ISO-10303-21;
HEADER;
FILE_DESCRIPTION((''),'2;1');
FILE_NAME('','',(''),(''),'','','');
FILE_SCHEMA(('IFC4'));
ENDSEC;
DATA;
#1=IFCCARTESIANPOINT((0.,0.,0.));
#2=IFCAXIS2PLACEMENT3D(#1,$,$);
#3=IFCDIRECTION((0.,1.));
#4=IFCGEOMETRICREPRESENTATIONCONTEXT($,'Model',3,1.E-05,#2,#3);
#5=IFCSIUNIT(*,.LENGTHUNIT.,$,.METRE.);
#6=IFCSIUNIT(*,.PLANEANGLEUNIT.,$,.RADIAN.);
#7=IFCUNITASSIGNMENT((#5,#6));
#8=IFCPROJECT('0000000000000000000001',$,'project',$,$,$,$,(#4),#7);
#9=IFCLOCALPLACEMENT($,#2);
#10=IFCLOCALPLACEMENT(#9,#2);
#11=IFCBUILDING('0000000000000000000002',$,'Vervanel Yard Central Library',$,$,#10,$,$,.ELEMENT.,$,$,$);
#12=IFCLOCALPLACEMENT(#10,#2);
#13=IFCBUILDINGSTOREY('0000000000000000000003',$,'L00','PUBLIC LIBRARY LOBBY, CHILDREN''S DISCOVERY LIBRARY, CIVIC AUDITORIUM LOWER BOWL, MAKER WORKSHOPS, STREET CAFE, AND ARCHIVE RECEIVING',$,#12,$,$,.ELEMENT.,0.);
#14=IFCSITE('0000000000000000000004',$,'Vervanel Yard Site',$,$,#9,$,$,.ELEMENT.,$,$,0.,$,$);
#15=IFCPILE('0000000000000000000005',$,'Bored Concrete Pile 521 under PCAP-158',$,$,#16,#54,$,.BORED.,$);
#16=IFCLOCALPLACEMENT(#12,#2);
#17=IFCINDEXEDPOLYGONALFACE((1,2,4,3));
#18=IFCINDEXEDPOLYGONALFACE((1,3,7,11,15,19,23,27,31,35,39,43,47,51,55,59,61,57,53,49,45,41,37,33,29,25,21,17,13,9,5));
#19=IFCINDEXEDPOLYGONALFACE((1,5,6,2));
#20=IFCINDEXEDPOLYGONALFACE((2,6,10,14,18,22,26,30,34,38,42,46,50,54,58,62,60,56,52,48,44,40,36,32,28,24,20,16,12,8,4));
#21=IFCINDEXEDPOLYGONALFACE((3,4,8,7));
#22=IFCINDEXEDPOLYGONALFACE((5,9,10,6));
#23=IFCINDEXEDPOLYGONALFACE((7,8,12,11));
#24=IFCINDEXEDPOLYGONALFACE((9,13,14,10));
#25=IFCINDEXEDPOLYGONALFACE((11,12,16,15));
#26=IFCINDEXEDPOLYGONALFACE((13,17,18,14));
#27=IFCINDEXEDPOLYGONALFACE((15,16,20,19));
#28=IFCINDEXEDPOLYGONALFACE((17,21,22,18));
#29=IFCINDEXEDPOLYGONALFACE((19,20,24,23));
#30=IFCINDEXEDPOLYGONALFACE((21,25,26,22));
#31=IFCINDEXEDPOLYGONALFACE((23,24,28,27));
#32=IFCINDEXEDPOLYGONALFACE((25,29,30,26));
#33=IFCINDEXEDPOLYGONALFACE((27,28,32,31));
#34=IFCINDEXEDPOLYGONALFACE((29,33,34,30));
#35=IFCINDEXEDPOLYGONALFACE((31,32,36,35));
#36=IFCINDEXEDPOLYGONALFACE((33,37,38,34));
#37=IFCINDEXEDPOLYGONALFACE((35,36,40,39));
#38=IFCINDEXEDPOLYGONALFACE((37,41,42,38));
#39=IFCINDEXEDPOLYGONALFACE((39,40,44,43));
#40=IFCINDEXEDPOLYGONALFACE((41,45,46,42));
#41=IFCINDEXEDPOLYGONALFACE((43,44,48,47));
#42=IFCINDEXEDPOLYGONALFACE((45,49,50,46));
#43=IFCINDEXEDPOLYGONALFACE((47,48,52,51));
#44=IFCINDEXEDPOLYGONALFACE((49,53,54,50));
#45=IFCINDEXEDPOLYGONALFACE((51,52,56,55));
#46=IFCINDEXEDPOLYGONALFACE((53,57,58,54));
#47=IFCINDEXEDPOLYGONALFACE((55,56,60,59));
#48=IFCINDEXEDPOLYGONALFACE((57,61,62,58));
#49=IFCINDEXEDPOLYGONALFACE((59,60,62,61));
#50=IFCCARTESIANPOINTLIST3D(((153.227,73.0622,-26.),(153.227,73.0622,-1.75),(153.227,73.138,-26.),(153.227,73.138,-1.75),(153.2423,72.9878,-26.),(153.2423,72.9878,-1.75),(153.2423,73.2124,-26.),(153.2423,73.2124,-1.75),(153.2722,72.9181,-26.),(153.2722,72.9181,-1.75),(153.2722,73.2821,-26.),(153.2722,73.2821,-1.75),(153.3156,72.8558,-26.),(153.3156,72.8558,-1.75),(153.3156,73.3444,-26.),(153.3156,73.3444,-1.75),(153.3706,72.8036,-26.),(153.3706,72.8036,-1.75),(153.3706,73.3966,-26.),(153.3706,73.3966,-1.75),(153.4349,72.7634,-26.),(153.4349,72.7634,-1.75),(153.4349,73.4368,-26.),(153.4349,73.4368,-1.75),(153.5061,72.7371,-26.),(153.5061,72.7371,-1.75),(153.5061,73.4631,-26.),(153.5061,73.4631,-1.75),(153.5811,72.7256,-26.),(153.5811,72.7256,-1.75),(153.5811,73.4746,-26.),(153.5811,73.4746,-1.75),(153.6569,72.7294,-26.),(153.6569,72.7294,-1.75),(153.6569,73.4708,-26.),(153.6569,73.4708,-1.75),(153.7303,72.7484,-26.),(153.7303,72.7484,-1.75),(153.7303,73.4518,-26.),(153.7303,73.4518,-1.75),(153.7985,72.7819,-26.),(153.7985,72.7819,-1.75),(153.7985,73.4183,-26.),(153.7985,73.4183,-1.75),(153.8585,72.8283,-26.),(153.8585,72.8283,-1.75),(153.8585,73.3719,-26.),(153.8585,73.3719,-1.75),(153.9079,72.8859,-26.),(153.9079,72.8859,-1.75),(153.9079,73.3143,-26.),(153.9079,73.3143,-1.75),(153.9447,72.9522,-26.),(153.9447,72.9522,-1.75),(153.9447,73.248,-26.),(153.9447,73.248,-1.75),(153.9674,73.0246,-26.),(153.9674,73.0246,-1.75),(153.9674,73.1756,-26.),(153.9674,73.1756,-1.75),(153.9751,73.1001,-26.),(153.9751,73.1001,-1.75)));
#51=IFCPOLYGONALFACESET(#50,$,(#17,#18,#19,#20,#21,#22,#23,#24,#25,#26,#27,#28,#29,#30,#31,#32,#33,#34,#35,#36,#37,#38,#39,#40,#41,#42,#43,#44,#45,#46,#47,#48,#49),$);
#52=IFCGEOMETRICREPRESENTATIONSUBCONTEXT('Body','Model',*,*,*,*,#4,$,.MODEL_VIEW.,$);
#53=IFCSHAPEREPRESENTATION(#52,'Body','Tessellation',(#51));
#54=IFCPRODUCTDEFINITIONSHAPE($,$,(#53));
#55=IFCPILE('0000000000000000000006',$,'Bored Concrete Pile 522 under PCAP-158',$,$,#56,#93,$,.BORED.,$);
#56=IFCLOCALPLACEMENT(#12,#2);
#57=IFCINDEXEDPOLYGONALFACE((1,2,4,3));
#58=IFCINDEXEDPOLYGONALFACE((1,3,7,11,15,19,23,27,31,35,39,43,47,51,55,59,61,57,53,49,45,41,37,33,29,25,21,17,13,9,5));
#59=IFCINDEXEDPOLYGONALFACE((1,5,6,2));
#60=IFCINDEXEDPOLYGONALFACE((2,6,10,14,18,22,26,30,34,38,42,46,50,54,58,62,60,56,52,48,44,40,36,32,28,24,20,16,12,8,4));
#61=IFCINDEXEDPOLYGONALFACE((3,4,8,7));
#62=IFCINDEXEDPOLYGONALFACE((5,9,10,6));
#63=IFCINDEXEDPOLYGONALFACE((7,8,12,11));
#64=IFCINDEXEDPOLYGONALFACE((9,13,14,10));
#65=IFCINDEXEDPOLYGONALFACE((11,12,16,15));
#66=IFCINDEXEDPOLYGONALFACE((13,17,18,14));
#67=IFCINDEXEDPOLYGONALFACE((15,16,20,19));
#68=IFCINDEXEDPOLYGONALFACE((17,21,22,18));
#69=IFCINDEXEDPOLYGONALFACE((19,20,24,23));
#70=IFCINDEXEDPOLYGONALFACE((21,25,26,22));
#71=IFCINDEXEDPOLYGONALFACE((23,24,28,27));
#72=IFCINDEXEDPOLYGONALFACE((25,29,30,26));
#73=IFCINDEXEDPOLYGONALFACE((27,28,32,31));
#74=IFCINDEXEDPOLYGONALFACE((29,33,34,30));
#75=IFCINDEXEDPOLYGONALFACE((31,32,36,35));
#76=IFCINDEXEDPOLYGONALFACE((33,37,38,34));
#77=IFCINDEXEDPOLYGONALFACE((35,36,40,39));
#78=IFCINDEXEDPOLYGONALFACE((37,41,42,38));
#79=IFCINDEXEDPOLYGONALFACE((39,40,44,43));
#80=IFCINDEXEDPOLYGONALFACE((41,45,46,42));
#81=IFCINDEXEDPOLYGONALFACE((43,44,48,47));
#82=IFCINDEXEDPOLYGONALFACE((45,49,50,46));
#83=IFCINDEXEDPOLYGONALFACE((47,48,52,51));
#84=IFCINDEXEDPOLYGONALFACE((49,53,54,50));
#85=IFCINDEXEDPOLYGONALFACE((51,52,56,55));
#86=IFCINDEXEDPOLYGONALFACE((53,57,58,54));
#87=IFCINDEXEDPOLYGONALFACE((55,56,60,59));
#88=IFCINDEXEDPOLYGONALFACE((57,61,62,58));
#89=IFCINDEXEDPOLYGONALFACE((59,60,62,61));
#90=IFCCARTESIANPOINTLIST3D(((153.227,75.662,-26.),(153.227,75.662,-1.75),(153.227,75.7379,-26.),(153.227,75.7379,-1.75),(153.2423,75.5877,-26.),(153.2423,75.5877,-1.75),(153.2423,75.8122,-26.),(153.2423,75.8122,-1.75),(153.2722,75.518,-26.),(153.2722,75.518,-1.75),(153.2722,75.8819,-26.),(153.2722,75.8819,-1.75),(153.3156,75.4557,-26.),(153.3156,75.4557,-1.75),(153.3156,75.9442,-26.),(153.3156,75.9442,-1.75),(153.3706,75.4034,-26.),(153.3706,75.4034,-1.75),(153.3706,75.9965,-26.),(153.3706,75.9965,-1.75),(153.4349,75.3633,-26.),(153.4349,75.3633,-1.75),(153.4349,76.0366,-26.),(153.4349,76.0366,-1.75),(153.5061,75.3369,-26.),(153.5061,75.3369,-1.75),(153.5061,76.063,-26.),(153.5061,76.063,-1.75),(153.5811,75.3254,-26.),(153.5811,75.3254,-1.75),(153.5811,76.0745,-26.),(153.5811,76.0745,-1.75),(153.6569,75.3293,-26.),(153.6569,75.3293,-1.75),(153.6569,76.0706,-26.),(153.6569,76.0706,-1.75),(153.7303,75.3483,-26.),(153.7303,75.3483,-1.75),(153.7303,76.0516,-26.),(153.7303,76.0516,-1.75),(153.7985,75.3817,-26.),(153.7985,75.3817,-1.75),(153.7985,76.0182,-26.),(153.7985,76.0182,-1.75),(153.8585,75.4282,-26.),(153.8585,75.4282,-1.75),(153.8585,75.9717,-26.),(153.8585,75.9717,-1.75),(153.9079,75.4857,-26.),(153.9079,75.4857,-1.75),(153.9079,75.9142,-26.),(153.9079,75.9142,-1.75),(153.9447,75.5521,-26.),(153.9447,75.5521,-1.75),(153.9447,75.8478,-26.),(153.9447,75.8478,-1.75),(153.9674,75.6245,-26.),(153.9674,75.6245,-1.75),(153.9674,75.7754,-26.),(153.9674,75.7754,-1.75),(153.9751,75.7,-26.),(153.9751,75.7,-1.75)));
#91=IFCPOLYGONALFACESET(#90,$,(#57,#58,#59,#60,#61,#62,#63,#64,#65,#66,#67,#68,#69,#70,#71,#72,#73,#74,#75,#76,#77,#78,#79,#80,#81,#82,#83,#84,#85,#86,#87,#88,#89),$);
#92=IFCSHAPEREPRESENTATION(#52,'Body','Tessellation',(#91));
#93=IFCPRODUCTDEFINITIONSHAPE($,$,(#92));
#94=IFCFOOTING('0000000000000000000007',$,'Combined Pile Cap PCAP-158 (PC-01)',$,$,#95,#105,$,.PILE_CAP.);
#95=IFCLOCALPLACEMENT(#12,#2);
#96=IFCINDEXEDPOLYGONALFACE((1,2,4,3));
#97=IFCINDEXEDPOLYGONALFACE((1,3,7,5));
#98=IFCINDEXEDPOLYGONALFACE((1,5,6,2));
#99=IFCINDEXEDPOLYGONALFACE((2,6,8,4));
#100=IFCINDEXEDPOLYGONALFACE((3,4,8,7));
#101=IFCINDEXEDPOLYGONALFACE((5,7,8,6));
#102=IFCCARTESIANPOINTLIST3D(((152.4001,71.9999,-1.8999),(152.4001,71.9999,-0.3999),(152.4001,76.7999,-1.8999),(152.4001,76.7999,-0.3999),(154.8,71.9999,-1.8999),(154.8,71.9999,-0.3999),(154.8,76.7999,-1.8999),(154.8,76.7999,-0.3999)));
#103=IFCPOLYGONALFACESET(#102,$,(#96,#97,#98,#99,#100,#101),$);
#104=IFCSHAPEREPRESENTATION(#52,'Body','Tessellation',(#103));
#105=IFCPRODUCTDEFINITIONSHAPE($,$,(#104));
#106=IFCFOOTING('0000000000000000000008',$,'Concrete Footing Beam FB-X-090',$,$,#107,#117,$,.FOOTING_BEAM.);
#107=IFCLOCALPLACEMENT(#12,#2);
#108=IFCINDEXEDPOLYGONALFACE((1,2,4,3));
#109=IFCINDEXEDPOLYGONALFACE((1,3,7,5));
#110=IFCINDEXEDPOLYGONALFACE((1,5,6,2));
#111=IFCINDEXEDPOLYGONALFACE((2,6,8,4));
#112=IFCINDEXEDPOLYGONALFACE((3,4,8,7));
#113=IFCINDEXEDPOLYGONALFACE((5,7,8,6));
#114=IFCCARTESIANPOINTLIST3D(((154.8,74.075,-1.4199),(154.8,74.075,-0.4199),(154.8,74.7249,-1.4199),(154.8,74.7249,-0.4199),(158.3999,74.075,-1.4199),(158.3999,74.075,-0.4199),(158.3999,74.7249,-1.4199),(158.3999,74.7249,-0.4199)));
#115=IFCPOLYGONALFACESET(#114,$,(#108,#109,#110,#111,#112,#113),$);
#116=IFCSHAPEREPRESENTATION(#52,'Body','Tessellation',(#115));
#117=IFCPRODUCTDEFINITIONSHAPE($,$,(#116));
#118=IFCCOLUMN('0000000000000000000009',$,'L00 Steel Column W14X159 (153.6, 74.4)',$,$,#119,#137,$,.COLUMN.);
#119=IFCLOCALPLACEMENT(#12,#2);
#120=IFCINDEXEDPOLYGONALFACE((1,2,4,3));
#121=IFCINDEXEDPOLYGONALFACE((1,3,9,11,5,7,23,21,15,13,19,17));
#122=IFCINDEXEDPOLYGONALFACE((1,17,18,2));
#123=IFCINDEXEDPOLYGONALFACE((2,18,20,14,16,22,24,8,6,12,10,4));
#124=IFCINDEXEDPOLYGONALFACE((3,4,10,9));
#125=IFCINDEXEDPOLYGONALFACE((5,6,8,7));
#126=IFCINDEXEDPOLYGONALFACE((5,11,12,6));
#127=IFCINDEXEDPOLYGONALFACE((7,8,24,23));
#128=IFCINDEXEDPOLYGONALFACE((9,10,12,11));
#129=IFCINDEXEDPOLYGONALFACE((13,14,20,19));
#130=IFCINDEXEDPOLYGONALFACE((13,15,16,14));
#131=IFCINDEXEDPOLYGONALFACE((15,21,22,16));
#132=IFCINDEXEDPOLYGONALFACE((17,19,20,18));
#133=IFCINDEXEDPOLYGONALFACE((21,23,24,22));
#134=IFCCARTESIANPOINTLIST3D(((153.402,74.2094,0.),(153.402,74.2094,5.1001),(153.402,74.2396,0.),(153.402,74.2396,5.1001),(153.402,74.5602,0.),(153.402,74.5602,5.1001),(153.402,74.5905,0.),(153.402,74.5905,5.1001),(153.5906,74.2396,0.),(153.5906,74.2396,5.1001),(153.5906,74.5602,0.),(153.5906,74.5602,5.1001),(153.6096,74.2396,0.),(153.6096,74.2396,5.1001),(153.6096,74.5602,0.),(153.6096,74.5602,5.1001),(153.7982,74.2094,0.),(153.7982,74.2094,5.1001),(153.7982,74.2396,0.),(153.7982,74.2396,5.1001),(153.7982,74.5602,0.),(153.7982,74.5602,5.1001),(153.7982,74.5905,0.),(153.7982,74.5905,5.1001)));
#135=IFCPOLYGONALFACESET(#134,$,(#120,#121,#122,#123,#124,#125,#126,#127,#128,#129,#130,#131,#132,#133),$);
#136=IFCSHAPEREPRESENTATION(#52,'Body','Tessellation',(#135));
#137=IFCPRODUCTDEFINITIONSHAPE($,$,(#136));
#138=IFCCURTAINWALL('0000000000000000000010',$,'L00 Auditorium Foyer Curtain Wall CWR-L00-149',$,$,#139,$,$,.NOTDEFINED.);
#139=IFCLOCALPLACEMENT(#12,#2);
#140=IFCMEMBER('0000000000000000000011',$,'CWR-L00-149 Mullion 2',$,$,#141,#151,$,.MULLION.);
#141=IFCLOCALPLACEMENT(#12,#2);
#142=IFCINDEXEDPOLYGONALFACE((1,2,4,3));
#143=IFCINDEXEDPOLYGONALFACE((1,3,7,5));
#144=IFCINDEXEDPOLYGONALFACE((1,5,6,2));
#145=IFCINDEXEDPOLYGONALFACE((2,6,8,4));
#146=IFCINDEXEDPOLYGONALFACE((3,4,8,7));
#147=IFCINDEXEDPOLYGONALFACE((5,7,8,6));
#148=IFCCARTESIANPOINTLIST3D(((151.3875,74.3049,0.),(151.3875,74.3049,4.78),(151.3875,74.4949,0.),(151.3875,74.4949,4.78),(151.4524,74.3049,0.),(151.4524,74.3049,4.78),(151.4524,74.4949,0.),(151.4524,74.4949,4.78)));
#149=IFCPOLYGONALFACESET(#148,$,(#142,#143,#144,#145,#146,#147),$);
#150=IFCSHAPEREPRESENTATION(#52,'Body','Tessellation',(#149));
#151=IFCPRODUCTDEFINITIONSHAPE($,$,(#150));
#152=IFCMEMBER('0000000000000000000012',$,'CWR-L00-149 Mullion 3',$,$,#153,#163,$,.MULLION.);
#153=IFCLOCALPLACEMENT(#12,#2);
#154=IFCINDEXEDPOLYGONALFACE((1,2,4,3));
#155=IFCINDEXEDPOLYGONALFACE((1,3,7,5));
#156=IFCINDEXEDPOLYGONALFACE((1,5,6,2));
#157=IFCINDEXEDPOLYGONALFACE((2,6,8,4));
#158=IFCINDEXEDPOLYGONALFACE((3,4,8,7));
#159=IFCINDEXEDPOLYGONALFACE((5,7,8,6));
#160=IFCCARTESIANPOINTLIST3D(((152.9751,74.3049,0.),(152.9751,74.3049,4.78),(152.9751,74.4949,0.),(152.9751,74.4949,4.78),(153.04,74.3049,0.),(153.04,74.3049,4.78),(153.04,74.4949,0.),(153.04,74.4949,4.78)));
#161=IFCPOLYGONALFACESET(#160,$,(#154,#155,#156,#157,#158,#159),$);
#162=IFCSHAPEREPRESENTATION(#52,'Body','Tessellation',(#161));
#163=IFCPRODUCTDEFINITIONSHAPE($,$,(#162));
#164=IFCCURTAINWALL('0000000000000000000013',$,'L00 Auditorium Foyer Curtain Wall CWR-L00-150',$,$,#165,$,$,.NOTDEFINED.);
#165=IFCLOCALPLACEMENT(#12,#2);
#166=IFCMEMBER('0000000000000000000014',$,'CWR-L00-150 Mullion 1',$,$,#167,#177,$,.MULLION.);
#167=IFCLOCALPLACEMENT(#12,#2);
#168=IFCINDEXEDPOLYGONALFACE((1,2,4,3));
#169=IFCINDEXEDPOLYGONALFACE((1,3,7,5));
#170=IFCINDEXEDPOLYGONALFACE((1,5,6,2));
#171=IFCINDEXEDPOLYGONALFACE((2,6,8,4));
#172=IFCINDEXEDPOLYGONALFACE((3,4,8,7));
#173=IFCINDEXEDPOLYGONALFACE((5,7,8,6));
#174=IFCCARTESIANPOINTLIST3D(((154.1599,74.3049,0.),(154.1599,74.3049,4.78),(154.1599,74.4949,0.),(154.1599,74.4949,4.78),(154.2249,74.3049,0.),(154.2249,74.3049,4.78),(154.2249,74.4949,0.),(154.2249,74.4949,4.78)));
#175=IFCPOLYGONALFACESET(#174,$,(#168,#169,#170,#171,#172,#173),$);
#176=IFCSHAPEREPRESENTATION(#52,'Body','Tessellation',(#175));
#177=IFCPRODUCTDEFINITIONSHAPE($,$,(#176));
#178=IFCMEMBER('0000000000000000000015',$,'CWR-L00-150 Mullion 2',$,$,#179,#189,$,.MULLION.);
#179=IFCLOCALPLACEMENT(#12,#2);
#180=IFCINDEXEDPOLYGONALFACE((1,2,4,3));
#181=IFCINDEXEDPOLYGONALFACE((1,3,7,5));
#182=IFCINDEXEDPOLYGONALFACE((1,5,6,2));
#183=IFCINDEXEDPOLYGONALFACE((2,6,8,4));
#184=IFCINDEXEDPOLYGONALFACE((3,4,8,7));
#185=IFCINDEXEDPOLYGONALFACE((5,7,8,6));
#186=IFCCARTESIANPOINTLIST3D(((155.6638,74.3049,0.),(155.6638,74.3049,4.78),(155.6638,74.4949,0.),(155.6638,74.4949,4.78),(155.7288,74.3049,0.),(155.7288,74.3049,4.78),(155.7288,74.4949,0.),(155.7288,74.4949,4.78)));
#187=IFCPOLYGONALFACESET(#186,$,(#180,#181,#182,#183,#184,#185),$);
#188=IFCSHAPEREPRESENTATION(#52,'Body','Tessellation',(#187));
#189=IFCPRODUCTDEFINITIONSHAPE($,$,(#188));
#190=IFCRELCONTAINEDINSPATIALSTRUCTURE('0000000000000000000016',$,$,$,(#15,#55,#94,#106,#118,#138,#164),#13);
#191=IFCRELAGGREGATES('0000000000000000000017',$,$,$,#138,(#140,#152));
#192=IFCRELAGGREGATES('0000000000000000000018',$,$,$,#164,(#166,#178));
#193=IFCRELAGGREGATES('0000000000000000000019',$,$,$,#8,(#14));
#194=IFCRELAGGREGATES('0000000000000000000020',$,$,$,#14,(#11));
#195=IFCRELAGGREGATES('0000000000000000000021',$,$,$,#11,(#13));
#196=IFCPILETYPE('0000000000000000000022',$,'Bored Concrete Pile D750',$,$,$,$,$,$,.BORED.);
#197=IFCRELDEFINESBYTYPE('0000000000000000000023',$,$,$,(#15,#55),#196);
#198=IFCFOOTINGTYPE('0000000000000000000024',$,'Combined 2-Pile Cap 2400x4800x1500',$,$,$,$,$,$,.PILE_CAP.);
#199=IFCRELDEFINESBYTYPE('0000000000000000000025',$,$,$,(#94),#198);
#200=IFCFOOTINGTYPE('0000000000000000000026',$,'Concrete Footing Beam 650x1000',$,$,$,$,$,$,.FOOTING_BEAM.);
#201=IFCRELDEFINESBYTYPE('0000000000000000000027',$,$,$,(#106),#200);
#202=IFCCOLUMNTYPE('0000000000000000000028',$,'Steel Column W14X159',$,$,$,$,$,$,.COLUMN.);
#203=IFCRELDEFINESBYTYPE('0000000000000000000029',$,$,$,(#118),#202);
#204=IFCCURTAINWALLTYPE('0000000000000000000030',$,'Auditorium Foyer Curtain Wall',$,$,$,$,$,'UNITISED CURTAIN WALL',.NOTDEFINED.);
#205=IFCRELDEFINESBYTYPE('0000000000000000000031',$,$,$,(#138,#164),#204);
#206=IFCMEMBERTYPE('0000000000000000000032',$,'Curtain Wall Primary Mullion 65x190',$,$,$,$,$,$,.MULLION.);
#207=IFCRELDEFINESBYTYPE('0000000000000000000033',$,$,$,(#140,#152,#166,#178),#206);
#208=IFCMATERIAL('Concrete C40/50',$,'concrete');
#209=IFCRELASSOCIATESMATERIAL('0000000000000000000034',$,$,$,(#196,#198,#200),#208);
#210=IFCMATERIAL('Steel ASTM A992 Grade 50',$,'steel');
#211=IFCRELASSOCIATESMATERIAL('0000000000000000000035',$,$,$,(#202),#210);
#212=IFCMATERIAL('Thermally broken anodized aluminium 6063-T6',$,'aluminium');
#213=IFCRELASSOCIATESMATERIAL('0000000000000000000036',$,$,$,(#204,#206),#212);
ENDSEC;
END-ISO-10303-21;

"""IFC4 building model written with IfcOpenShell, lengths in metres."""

from ifc_helpers import new_model, si_unit, direction, frame, origin, origin_2d, place, context, subcontext, project, spatial, rectangle, circle, i_section, extrude, material, material_profile, profile_set, type_object, element, aggregate, save


model = new_model("IFC4")

# Units and contexts
model_context = context("Model", 3, precision=1e-05, world=origin(), true_north=direction((0.0, 1.0)))
body_context = subcontext(model_context, "Body", "Model", "MODEL_VIEW")
ifc_project = project(units=[si_unit("LENGTHUNIT", "METRE"), si_unit("PLANEANGLEUNIT", "RADIAN")], contexts=[model_context])

# Site, building, storey
site_placement = place(None, origin())
site = spatial("IfcSite", under=ifc_project, at=site_placement, Name="Vervanel Yard Site", CompositionType="ELEMENT", RefElevation=0.0)
building_placement = place(site_placement, origin())
building = spatial("IfcBuilding", under=site, at=building_placement, Name="Vervanel Yard Central Library", CompositionType="ELEMENT")
storey_placement = place(building_placement, origin())
storey = spatial("IfcBuildingStorey", under=building, at=storey_placement, Name="L00", Description="PUBLIC LIBRARY LOBBY, CHILDREN'S DISCOVERY LIBRARY, CIVIC AUDITORIUM LOWER BOWL, MAKER WORKSHOPS, STREET CAFE, AND ARCHIVE RECEIVING", CompositionType="ELEMENT", Elevation=0.0)

# Piles
ifc_material_1 = material(Name="Concrete C40/50", Category="concrete")
ifc_material_profile_1 = material_profile(ifc_material_1, circle(Radius=0.375, at=origin_2d()), Name="BP D750", Category="concrete")
ifc_profile_set_1 = profile_set([ifc_material_profile_1], Name="Concrete C40/50")
pile_type = type_object("IfcPileType", Name="Bored Concrete Pile D750", PredefinedType="BORED", material=ifc_profile_set_1)
for number, where, z_axis, x_axis, name in (
    (1, (153.6001, 73.1001, -1.75), (0.0, 0.0, -1.0), (1.0, 0.0, 0.0), "Bored Concrete Pile 521 under PCAP-158"),
    (2, (153.6001, 75.7, -1.75), (0.0, 0.0, -1.0), (1.0, 0.0, 0.0), "Bored Concrete Pile 522 under PCAP-158"),
):
    element("IfcPile", number, at=place(storey_placement, frame(where, z_axis=z_axis, x_axis=x_axis)), inside=storey, type_object=pile_type, Name=name, PredefinedType="BORED", context=body_context, shape_type="SweptSolid", body=[
        extrude(circle(Radius=0.375, at=origin_2d()), origin(), (0.0, 0.0, 1.0), 24.25),
    ])

# Footings
footing_type_1 = type_object("IfcFootingType", Name="Combined 2-Pile Cap 2400x4800x1500", PredefinedType="PILE_CAP", material=ifc_material_1)
footing_1_placement = place(storey_placement, frame((153.6001, 74.3999, -1.8999), z_axis=(0.0, 0.0, 1.0), x_axis=(1.0, 0.0, 0.0)))
element("IfcFooting", 3, at=footing_1_placement, inside=storey, type_object=footing_type_1, Name="Combined Pile Cap PCAP-158 (PC-01)", PredefinedType="PILE_CAP", context=body_context, shape_type="SweptSolid", body=[
    extrude(rectangle(XDim=2.3999, YDim=4.8, at=origin_2d()), origin(), (0.0, 0.0, 1.0), 1.5),
])
ifc_material_profile_2 = material_profile(ifc_material_1, rectangle(XDim=0.6499, YDim=1.0, at=origin_2d()), Name="RC 650x1000", Category="concrete")
ifc_profile_set_2 = profile_set([ifc_material_profile_2], Name="Concrete C40/50")
footing_type_2 = type_object("IfcFootingType", Name="Concrete Footing Beam 650x1000", PredefinedType="FOOTING_BEAM", material=ifc_profile_set_2)
footing_2_placement = place(storey_placement, frame((154.8, 74.3999, -0.9199), z_axis=(1.0, 0.0, 0.0), x_axis=(0.0, 1.0, 0.0)))
element("IfcFooting", 4, at=footing_2_placement, inside=storey, type_object=footing_type_2, Name="Concrete Footing Beam FB-X-090", PredefinedType="FOOTING_BEAM", context=body_context, shape_type="SweptSolid", body=[
    extrude(rectangle(XDim=0.6499, YDim=1.0, at=origin_2d()), origin(), (0.0, 0.0, 1.0), 3.5999),
])

# Column
ifc_material_2 = material(Name="Steel ASTM A992 Grade 50", Category="steel")
ifc_material_profile_3 = material_profile(ifc_material_2, i_section(OverallWidth=0.3962, OverallDepth=0.3811, WebThickness=0.019, FlangeThickness=0.0303, at=origin_2d()), Name="W14X159", Category="steel")
ifc_profile_set_3 = profile_set([ifc_material_profile_3], Name="Steel ASTM A992 Grade 50")
column_type = type_object("IfcColumnType", Name="Steel Column W14X159", PredefinedType="COLUMN", material=ifc_profile_set_3)
column_placement = place(storey_placement, frame((153.6001, 74.3999, 0.0), z_axis=(0.0, 0.0, 1.0), x_axis=(1.0, 0.0, 0.0)))
element("IfcColumn", 5, at=column_placement, inside=storey, type_object=column_type, Name="L00 Steel Column W14X159 (153.6, 74.4)", PredefinedType="COLUMN", context=body_context, shape_type="SweptSolid", body=[
    extrude(i_section(OverallWidth=0.3962, OverallDepth=0.3811, WebThickness=0.019, FlangeThickness=0.0303, at=origin_2d()), origin(), (0.0, 0.0, 1.0), 5.1001),
])

# Curtain walls, members
ifc_material_3 = material(Name="Thermally broken anodized aluminium 6063-T6", Category="aluminium")
curtain_wall_type = type_object("IfcCurtainWallType", Name="Auditorium Foyer Curtain Wall", ElementType="UNITISED CURTAIN WALL", PredefinedType="NOTDEFINED", material=ifc_material_3)
curtain_wall_1_placement = place(storey_placement, origin())
curtain_wall_1 = element("IfcCurtainWall", 6, at=curtain_wall_1_placement, inside=storey, type_object=curtain_wall_type, Name="L00 Auditorium Foyer Curtain Wall CWR-L00-149", PredefinedType="NOTDEFINED")
ifc_material_profile_4 = material_profile(ifc_material_3, rectangle(XDim=0.0649, YDim=0.1899, at=origin_2d()), Name="ALU 65x190", Category="aluminium")
ifc_profile_set_4 = profile_set([ifc_material_profile_4], Name="Thermally broken anodized aluminium 6063-T6")
member_type_1 = type_object("IfcMemberType", Name="Curtain Wall Primary Mullion 65x190", PredefinedType="MULLION", material=ifc_profile_set_4)
member_1_placement = place(storey_placement, frame((151.4199, 74.3999, 0.0), z_axis=(0.0, 0.0, 1.0), x_axis=(1.0, 0.0, 0.0)))
member_1 = element("IfcMember", 7, at=member_1_placement, type_object=member_type_1, Name="CWR-L00-149 Mullion 2", PredefinedType="MULLION", context=body_context, shape_type="SweptSolid", body=[
    extrude(rectangle(XDim=0.0649, YDim=0.1899, at=origin_2d()), origin(), (0.0, 0.0, 1.0), 4.78),
])
member_2_placement = place(storey_placement, frame((153.0076, 74.3999, 0.0), z_axis=(0.0, 0.0, 1.0), x_axis=(1.0, 0.0, 0.0)))
member_2 = element("IfcMember", 8, at=member_2_placement, type_object=member_type_1, Name="CWR-L00-149 Mullion 3", PredefinedType="MULLION", context=body_context, shape_type="SweptSolid", body=[
    extrude(rectangle(XDim=0.0649, YDim=0.1899, at=origin_2d()), origin(), (0.0, 0.0, 1.0), 4.78),
])
curtain_wall_2_placement = place(storey_placement, origin())
curtain_wall_2 = element("IfcCurtainWall", 9, at=curtain_wall_2_placement, inside=storey, type_object=curtain_wall_type, Name="L00 Auditorium Foyer Curtain Wall CWR-L00-150", PredefinedType="NOTDEFINED")
member_3_placement = place(storey_placement, frame((154.1924, 74.3999, 0.0), z_axis=(0.0, 0.0, 1.0), x_axis=(1.0, 0.0, 0.0)))
member_3 = element("IfcMember", 10, at=member_3_placement, type_object=member_type_1, Name="CWR-L00-150 Mullion 1", PredefinedType="MULLION", context=body_context, shape_type="SweptSolid", body=[
    extrude(rectangle(XDim=0.0649, YDim=0.1899, at=origin_2d()), origin(), (0.0, 0.0, 1.0), 4.78),
])
member_4_placement = place(storey_placement, frame((155.6963, 74.3999, 0.0), z_axis=(0.0, 0.0, 1.0), x_axis=(1.0, 0.0, 0.0)))
member_4 = element("IfcMember", 11, at=member_4_placement, type_object=member_type_1, Name="CWR-L00-150 Mullion 2", PredefinedType="MULLION", context=body_context, shape_type="SweptSolid", body=[
    extrude(rectangle(XDim=0.0649, YDim=0.1899, at=origin_2d()), origin(), (0.0, 0.0, 1.0), 4.78),
])

aggregate(curtain_wall_1, [member_1, member_2])
aggregate(curtain_wall_2, [member_3, member_4])

save(model, "model.ifc")
